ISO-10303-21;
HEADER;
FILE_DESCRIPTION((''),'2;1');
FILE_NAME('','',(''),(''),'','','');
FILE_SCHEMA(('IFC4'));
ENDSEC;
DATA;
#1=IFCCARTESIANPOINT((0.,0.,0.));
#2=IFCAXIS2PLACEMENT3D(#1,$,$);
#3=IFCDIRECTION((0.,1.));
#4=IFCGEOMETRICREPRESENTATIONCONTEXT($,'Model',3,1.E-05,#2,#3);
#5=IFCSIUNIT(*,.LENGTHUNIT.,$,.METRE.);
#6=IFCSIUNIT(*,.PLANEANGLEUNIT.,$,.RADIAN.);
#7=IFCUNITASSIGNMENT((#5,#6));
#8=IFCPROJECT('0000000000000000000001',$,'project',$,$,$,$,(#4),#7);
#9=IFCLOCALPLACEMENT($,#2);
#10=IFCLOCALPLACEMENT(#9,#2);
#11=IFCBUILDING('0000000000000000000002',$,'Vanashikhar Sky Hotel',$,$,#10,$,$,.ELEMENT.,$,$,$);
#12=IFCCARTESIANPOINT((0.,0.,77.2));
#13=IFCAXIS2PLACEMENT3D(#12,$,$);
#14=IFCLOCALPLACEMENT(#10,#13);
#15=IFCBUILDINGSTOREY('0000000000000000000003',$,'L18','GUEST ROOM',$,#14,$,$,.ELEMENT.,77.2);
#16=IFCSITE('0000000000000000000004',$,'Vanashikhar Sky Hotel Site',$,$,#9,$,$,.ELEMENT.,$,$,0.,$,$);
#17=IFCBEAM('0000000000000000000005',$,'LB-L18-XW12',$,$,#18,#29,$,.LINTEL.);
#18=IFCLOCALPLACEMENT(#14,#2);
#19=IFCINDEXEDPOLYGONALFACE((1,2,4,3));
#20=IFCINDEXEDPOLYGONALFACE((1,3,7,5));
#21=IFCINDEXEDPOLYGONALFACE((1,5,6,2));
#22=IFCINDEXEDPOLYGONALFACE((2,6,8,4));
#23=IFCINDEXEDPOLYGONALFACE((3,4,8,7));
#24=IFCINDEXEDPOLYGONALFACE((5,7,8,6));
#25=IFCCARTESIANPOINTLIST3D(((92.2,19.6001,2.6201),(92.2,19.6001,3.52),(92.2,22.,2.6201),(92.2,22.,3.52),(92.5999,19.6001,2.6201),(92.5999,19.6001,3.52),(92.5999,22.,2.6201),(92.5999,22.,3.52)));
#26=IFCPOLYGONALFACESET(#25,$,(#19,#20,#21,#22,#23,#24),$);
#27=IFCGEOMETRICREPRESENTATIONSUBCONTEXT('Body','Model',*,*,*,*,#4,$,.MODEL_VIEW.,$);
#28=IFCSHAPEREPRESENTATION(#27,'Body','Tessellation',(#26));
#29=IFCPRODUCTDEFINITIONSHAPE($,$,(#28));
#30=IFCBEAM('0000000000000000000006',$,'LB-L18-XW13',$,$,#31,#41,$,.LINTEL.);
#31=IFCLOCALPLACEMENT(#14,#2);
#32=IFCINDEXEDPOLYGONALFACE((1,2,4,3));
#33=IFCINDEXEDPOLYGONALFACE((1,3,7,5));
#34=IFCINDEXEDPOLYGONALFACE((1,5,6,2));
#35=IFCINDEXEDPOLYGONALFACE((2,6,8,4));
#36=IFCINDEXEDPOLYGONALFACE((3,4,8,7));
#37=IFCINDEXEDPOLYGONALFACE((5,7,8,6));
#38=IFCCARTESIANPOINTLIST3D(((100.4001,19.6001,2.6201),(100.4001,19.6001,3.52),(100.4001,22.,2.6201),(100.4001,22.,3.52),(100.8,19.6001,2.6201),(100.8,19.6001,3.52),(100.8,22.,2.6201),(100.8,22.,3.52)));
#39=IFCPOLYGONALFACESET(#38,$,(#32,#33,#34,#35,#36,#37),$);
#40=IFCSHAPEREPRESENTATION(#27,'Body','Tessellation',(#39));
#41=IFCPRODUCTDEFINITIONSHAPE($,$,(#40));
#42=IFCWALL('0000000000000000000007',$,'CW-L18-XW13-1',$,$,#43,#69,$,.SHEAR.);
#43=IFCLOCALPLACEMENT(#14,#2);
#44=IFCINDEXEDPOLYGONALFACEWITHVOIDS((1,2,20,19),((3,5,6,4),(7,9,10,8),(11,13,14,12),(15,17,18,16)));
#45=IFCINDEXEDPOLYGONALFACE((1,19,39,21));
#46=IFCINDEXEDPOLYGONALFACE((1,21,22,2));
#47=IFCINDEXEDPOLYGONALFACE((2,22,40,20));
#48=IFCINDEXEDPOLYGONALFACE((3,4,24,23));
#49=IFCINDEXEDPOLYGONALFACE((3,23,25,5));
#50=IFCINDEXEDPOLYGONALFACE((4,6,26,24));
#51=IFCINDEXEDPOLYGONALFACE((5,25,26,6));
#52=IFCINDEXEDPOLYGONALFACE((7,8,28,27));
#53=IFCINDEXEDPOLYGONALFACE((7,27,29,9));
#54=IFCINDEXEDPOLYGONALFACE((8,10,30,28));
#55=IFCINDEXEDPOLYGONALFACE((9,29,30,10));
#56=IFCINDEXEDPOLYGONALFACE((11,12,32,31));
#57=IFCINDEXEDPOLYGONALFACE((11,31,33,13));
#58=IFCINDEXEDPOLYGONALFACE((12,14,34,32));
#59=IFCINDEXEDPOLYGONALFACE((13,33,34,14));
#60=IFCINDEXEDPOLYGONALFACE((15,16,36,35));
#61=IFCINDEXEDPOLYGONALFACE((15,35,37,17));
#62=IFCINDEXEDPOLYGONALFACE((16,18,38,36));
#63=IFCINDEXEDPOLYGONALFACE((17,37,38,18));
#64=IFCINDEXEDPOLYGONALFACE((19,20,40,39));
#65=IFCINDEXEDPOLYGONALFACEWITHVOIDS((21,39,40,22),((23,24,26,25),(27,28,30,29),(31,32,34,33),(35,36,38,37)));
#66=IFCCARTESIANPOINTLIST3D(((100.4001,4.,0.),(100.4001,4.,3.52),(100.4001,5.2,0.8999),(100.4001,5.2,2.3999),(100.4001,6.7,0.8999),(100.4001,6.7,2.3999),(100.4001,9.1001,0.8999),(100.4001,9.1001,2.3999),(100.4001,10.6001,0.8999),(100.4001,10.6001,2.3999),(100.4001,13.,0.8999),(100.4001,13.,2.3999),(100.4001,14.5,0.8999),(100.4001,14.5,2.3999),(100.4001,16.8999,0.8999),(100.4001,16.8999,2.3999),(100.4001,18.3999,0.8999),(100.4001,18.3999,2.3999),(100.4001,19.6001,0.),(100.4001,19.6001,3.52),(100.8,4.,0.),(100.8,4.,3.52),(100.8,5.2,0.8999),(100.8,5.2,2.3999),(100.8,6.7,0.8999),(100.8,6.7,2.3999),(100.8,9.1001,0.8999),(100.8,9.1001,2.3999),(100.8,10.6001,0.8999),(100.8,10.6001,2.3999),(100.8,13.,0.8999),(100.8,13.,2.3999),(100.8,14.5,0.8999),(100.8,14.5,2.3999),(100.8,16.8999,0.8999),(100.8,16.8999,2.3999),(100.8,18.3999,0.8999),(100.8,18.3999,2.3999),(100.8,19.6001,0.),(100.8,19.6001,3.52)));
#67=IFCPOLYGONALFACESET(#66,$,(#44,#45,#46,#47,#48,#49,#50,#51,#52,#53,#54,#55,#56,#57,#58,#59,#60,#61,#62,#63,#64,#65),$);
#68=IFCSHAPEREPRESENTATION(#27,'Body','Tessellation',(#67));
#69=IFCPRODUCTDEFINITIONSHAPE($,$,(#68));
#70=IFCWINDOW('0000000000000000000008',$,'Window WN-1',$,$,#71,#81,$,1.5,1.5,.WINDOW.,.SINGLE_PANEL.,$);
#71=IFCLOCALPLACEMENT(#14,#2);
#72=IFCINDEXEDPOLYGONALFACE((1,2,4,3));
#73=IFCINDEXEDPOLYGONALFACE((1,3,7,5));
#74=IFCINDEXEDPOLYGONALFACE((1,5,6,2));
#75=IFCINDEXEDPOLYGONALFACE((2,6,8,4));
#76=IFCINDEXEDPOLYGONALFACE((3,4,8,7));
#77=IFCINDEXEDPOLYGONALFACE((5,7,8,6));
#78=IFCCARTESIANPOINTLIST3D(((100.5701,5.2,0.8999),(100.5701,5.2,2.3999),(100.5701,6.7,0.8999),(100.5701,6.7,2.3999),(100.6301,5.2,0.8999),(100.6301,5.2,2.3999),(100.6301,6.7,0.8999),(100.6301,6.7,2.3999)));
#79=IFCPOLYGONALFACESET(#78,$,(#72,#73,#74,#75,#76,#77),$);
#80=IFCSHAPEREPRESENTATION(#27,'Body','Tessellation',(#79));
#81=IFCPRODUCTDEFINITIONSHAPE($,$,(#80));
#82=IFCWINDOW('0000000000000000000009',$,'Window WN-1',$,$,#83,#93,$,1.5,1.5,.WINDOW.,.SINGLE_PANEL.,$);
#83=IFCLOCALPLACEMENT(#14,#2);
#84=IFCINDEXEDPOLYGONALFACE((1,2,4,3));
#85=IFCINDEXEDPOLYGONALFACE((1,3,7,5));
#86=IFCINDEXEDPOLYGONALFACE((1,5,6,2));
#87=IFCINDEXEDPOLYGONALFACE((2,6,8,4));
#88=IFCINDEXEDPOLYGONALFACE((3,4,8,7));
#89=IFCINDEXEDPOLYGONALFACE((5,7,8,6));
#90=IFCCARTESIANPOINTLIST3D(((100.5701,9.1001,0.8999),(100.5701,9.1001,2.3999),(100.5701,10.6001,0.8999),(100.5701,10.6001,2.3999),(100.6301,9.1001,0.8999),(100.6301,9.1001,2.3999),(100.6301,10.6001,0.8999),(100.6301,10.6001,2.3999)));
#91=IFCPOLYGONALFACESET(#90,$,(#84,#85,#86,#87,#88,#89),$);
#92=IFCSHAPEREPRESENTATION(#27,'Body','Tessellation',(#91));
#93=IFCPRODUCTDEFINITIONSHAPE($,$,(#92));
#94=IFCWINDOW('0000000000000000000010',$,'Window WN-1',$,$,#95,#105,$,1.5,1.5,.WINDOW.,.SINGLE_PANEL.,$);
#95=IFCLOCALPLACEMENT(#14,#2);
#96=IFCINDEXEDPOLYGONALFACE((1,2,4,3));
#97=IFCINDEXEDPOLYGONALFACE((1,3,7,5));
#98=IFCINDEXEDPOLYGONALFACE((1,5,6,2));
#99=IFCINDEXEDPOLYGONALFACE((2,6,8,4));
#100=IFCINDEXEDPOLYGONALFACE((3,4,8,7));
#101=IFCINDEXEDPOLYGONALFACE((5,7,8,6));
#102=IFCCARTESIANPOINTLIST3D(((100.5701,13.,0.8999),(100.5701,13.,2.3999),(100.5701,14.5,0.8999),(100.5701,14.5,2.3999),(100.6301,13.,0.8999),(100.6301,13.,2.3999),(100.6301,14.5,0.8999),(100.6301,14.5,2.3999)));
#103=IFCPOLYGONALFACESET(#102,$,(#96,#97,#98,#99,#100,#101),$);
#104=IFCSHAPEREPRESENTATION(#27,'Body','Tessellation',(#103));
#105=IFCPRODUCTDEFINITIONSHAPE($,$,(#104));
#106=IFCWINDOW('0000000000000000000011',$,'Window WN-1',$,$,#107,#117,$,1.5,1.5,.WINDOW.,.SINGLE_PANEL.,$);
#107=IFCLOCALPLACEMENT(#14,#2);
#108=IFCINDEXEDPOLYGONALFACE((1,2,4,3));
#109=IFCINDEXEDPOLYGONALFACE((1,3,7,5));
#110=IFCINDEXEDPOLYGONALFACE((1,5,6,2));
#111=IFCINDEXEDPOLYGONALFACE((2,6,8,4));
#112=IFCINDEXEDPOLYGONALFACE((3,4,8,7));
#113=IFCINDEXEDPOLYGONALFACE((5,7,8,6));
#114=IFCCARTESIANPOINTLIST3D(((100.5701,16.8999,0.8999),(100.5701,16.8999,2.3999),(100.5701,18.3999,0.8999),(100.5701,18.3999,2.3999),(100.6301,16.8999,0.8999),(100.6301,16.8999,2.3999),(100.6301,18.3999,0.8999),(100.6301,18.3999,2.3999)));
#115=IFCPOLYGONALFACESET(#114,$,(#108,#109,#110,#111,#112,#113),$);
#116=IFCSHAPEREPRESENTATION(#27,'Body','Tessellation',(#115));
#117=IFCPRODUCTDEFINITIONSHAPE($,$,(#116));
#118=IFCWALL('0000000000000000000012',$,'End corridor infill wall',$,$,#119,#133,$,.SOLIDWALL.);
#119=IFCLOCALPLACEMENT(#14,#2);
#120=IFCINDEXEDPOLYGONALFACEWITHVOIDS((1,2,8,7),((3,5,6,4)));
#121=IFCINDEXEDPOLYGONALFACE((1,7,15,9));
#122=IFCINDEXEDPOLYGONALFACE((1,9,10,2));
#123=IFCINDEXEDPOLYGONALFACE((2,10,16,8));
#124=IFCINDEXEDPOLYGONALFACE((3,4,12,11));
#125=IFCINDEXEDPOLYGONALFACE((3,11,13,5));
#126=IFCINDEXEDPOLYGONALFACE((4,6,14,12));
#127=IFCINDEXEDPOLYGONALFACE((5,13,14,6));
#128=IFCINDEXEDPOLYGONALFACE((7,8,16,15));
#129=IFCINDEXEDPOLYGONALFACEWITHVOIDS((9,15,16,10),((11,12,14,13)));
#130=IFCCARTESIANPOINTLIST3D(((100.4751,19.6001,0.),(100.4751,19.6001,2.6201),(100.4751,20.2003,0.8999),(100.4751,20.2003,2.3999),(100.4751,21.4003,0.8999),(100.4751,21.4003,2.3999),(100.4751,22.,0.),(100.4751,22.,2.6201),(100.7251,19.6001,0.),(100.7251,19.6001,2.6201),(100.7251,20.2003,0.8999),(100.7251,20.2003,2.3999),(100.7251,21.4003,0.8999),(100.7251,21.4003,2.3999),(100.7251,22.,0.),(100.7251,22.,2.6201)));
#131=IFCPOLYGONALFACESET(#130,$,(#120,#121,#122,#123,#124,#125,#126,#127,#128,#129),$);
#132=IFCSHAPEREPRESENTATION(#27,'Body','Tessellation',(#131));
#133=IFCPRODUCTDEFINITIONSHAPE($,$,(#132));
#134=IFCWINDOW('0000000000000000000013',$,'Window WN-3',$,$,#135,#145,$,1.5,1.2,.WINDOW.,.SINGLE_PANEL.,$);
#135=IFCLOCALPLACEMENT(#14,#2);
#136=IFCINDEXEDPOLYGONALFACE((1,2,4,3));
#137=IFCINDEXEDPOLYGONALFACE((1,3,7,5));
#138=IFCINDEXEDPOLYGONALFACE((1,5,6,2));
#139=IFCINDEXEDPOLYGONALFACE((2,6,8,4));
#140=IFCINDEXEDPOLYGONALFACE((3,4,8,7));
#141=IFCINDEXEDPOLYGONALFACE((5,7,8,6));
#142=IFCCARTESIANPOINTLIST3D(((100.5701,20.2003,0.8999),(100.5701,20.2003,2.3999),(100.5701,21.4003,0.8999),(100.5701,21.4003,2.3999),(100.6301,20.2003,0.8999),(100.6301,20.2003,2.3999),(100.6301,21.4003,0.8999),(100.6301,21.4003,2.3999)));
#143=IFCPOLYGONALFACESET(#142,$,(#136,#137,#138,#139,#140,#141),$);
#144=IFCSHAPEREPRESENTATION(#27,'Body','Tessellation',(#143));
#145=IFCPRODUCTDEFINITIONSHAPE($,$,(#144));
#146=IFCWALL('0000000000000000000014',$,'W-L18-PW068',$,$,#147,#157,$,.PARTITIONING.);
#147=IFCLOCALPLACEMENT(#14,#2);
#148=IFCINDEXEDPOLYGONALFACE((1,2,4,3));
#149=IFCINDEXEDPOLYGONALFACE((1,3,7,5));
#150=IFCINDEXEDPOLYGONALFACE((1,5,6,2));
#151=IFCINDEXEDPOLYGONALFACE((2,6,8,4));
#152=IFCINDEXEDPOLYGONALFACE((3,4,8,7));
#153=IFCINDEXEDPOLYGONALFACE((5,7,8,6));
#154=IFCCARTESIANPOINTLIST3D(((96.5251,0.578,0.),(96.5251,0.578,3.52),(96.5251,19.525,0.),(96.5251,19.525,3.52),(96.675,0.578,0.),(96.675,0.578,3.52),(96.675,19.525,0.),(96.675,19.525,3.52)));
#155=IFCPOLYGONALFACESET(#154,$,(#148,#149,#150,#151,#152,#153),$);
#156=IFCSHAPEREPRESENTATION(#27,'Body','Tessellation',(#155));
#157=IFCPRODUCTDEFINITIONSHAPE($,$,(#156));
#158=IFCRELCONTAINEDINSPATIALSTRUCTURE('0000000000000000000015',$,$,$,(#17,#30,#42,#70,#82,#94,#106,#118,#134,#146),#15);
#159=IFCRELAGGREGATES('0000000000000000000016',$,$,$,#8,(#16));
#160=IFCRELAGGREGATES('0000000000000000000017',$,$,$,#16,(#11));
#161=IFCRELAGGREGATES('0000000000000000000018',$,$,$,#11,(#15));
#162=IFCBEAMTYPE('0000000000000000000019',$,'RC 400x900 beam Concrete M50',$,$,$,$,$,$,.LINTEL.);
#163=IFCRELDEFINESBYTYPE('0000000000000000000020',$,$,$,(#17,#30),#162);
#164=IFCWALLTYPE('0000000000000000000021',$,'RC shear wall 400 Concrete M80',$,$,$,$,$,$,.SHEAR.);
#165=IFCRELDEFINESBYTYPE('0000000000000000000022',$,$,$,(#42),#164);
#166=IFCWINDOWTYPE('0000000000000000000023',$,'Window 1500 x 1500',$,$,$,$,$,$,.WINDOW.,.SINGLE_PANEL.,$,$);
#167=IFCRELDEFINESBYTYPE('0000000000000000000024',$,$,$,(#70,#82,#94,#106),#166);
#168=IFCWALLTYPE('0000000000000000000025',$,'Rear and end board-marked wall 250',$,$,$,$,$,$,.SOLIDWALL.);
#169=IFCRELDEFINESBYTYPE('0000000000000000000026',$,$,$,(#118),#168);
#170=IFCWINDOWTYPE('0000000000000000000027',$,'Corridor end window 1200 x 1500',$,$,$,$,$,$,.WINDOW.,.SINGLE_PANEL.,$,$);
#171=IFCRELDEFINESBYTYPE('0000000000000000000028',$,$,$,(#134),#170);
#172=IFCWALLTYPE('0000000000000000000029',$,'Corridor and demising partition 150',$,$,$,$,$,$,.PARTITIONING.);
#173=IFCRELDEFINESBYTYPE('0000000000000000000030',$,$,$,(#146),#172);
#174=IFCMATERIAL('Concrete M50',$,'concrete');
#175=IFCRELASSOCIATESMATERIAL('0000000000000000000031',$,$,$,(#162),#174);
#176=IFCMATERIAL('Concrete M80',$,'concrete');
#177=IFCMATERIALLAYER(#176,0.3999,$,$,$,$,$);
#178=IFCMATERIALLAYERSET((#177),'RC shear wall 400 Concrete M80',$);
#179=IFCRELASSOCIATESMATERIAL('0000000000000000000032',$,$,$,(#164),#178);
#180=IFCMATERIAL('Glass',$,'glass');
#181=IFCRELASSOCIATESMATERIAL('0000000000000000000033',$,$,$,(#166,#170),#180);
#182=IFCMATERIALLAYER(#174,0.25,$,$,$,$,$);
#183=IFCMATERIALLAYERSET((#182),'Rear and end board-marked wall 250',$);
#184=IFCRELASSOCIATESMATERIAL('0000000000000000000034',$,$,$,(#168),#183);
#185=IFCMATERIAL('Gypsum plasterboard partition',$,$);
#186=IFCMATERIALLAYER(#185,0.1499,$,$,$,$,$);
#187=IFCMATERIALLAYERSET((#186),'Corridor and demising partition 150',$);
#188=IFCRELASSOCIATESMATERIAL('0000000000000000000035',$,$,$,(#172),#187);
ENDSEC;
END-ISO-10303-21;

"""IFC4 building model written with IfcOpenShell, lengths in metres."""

from ifc_helpers import new_model, si_unit, direction, frame, frame_2d, origin, origin_2d, place, context, subcontext, project, spatial, rectangle, extrude, source, transform, mapped, material, layer, layer_set, material_profile, profile_set, type_object, element, fill, save


model = new_model("IFC4")

# Units and contexts
model_context = context("Model", 3, precision=1e-05, world=origin(), true_north=direction((0.0, 1.0)))
body_context = subcontext(model_context, "Body", "Model", "MODEL_VIEW")
ifc_project = project(units=[si_unit("LENGTHUNIT", "METRE"), si_unit("PLANEANGLEUNIT", "RADIAN")], contexts=[model_context])

# Site, building, storey
site_placement = place(None, origin())
site = spatial("IfcSite", under=ifc_project, at=site_placement, Name="Vanashikhar Sky Hotel Site", CompositionType="ELEMENT", RefElevation=0.0)
building_placement = place(site_placement, origin())
building = spatial("IfcBuilding", under=site, at=building_placement, Name="Vanashikhar Sky Hotel", CompositionType="ELEMENT")
storey_placement = place(building_placement, frame((0.0, 0.0, 77.2)))
storey = spatial("IfcBuildingStorey", under=building, at=storey_placement, Name="L18", Description="GUEST ROOM", CompositionType="ELEMENT", Elevation=77.2)

# Beams
ifc_material_1 = material(Name="Concrete M50", Category="concrete")
ifc_material_profile = material_profile(ifc_material_1, rectangle(XDim=0.3999, YDim=0.8999, at=origin_2d()))
ifc_profile_set = profile_set([ifc_material_profile], Name="RC 400x900 beam Concrete M50")
beam_type = type_object("IfcBeamType", Name="RC 400x900 beam Concrete M50", PredefinedType="LINTEL", material=ifc_profile_set)
shared_shape_1 = source(origin(), body_context, "Body", "SweptSolid", [
    extrude(rectangle(XDim=0.3999, YDim=0.8999, at=origin_2d()), origin(), (0.0, 0.0, 1.0), 2.3999),
])
for number, where, z_axis, x_axis, name in (
    (1, (92.3999, 19.6001, 3.0701), (0.0, 1.0, 0.0), (-1.0, 0.0, 0.0), "LB-L18-XW12"),
    (2, (100.6001, 19.6001, 3.0701), (0.0, 1.0, 0.0), (-1.0, 0.0, 0.0), "LB-L18-XW13"),
):
    element("IfcBeam", number, at=place(storey_placement, frame(where, z_axis=z_axis, x_axis=x_axis)), inside=storey, type_object=beam_type, Name=name, PredefinedType="LINTEL", context=body_context, shape_type="MappedRepresentation", body=[
        mapped(shared_shape_1, transform((0.0, 0.0, 0.0), scale=1.0)),
    ])

# Wall, openings, windows
ifc_material_2 = material(Name="Concrete M80", Category="concrete")
ifc_layer_1 = layer(ifc_material_2, 0.3999)
ifc_layer_set_1 = layer_set([ifc_layer_1], Name="RC shear wall 400 Concrete M80")
wall_type_1 = type_object("IfcWallType", Name="RC shear wall 400 Concrete M80", PredefinedType="SHEAR", material=ifc_layer_set_1)
shared_shape_2 = source(origin(), body_context, "Body", "SweptSolid", [
    extrude(rectangle(XDim=15.6001, YDim=0.3999, at=frame_2d((7.8, 0.0))), origin(), (0.0, 0.0, 1.0), 3.52),
])
wall_1_placement = place(storey_placement, frame((100.6001, 4.0, 0.0), z_axis=(0.0, 0.0, 1.0), x_axis=(0.0, 1.0, 0.0)))
wall_1 = element("IfcWall", 3, at=wall_1_placement, inside=storey, type_object=wall_type_1, Name="CW-L18-XW13-1", PredefinedType="SHEAR", context=body_context, shape_type="MappedRepresentation", body=[
    mapped(shared_shape_2, transform((0.0, 0.0, 0.0), scale=1.0)),
])
shared_shape_3 = source(origin(), body_context, "Body", "SweptSolid", [
    extrude(rectangle(XDim=1.5, YDim=1.5, at=frame_2d((0.75, 0.75))), frame((0.0, 0.21, 0.0), z_axis=(0.0, -1.0, 0.0), x_axis=(1.0, 0.0, 0.0)), (0.0, 0.0, 1.0), 0.4199),
])
opening_1_placement = place(wall_1_placement, frame((1.2, 0.0, 0.8999)))
opening_1 = element("IfcOpeningElement", 4, at=opening_1_placement, cuts=wall_1, PredefinedType="OPENING", context=body_context, shape_type="MappedRepresentation", body=[
    mapped(shared_shape_3, transform((0.0, 0.0, 0.0), scale=1.0)),
])
opening_2_placement = place(wall_1_placement, frame((5.1001, 0.0, 0.8999)))
opening_2 = element("IfcOpeningElement", 5, at=opening_2_placement, cuts=wall_1, PredefinedType="OPENING", context=body_context, shape_type="MappedRepresentation", body=[
    mapped(shared_shape_3, transform((0.0, 0.0, 0.0), scale=1.0)),
])
opening_3_placement = place(wall_1_placement, frame((9.0, 0.0, 0.8999)))
opening_3 = element("IfcOpeningElement", 6, at=opening_3_placement, cuts=wall_1, PredefinedType="OPENING", context=body_context, shape_type="MappedRepresentation", body=[
    mapped(shared_shape_3, transform((0.0, 0.0, 0.0), scale=1.0)),
])
opening_4_placement = place(wall_1_placement, frame((12.8999, 0.0, 0.8999)))
opening_4 = element("IfcOpeningElement", 7, at=opening_4_placement, cuts=wall_1, PredefinedType="OPENING", context=body_context, shape_type="MappedRepresentation", body=[
    mapped(shared_shape_3, transform((0.0, 0.0, 0.0), scale=1.0)),
])
ifc_material_3 = material(Name="Glass", Category="glass")
window_type_1 = type_object("IfcWindowType", Name="Window 1500 x 1500", PartitioningType="SINGLE_PANEL", PredefinedType="WINDOW", material=ifc_material_3)
shared_shape_4 = source(origin(), body_context, "Body", "SweptSolid", [
    extrude(rectangle(XDim=1.5, YDim=1.5, at=frame_2d((0.75, 0.75))), frame((0.0, 0.03, 0.0), z_axis=(0.0, -1.0, 0.0), x_axis=(1.0, 0.0, 0.0)), (0.0, 0.0, 1.0), 0.0601),
])
window_1_placement = place(opening_1_placement, origin())
window_1 = element("IfcWindow", 8, at=window_1_placement, inside=storey, type_object=window_type_1, Name="Window WN-1", OverallHeight=1.5, OverallWidth=1.5, PartitioningType="SINGLE_PANEL", PredefinedType="WINDOW", context=body_context, shape_type="MappedRepresentation", body=[
    mapped(shared_shape_4, transform((0.0, 0.0, 0.0), scale=1.0)),
])
fill(opening_1, window_1)
window_2_placement = place(opening_2_placement, origin())
window_2 = element("IfcWindow", 9, at=window_2_placement, inside=storey, type_object=window_type_1, Name="Window WN-1", OverallHeight=1.5, OverallWidth=1.5, PartitioningType="SINGLE_PANEL", PredefinedType="WINDOW", context=body_context, shape_type="MappedRepresentation", body=[
    mapped(shared_shape_4, transform((0.0, 0.0, 0.0), scale=1.0)),
])
fill(opening_2, window_2)
window_3_placement = place(opening_3_placement, origin())
window_3 = element("IfcWindow", 10, at=window_3_placement, inside=storey, type_object=window_type_1, Name="Window WN-1", OverallHeight=1.5, OverallWidth=1.5, PartitioningType="SINGLE_PANEL", PredefinedType="WINDOW", context=body_context, shape_type="MappedRepresentation", body=[
    mapped(shared_shape_4, transform((0.0, 0.0, 0.0), scale=1.0)),
])
fill(opening_3, window_3)
window_4_placement = place(opening_4_placement, origin())
window_4 = element("IfcWindow", 11, at=window_4_placement, inside=storey, type_object=window_type_1, Name="Window WN-1", OverallHeight=1.5, OverallWidth=1.5, PartitioningType="SINGLE_PANEL", PredefinedType="WINDOW", context=body_context, shape_type="MappedRepresentation", body=[
    mapped(shared_shape_4, transform((0.0, 0.0, 0.0), scale=1.0)),
])
fill(opening_4, window_4)

# Wall, opening, window
ifc_layer_2 = layer(ifc_material_1, 0.25)
ifc_layer_set_2 = layer_set([ifc_layer_2], Name="Rear and end board-marked wall 250")
wall_type_2 = type_object("IfcWallType", Name="Rear and end board-marked wall 250", PredefinedType="SOLIDWALL", material=ifc_layer_set_2)
shared_shape_5 = source(origin(), body_context, "Body", "SweptSolid", [
    extrude(rectangle(XDim=2.3999, YDim=0.25, at=frame_2d((1.2, 0.0))), origin(), (0.0, 0.0, 1.0), 2.6201),
])
wall_2_placement = place(storey_placement, frame((100.6001, 19.6001, 0.0), z_axis=(0.0, 0.0, 1.0), x_axis=(0.0, 1.0, 0.0)))
wall_2 = element("IfcWall", 12, at=wall_2_placement, inside=storey, type_object=wall_type_2, Name="End corridor infill wall", PredefinedType="SOLIDWALL", context=body_context, shape_type="MappedRepresentation", body=[
    mapped(shared_shape_5, transform((0.0, 0.0, 0.0), scale=1.0)),
])
shared_shape_6 = source(origin(), body_context, "Body", "SweptSolid", [
    extrude(rectangle(XDim=1.2, YDim=1.5, at=frame_2d((0.6001, 0.75))), frame((0.0, 0.135, 0.0), z_axis=(0.0, -1.0, 0.0), x_axis=(1.0, 0.0, 0.0)), (0.0, 0.0, 1.0), 0.27),
])
opening_5_placement = place(wall_2_placement, frame((0.6001, 0.0, 0.8999)))
opening_5 = element("IfcOpeningElement", 13, at=opening_5_placement, cuts=wall_2, PredefinedType="OPENING", context=body_context, shape_type="MappedRepresentation", body=[
    mapped(shared_shape_6, transform((0.0, 0.0, 0.0), scale=1.0)),
])
window_type_2 = type_object("IfcWindowType", Name="Corridor end window 1200 x 1500", PartitioningType="SINGLE_PANEL", PredefinedType="WINDOW", material=ifc_material_3)
shared_shape_7 = source(origin(), body_context, "Body", "SweptSolid", [
    extrude(rectangle(XDim=1.2, YDim=1.5, at=frame_2d((0.6001, 0.75))), frame((0.0, 0.03, 0.0), z_axis=(0.0, -1.0, 0.0), x_axis=(1.0, 0.0, 0.0)), (0.0, 0.0, 1.0), 0.0601),
])
window_5_placement = place(opening_5_placement, origin())
window_5 = element("IfcWindow", 14, at=window_5_placement, inside=storey, type_object=window_type_2, Name="Window WN-3", OverallHeight=1.5, OverallWidth=1.2, PartitioningType="SINGLE_PANEL", PredefinedType="WINDOW", context=body_context, shape_type="MappedRepresentation", body=[
    mapped(shared_shape_7, transform((0.0, 0.0, 0.0), scale=1.0)),
])
fill(opening_5, window_5)

# Wall
ifc_material_4 = material(Name="Gypsum plasterboard partition")
ifc_layer_3 = layer(ifc_material_4, 0.1499)
ifc_layer_set_3 = layer_set([ifc_layer_3], Name="Corridor and demising partition 150")
wall_type_3 = type_object("IfcWallType", Name="Corridor and demising partition 150", PredefinedType="PARTITIONING", material=ifc_layer_set_3)
shared_shape_8 = source(origin(), body_context, "Body", "SweptSolid", [
    extrude(rectangle(XDim=18.947, YDim=0.1499, at=frame_2d((9.4736, 0.0))), origin(), (0.0, 0.0, 1.0), 3.52),
])
wall_3_placement = place(storey_placement, frame((96.6001, 0.5779, 0.0), z_axis=(0.0, 0.0, 1.0), x_axis=(0.0, 1.0, 0.0)))
element("IfcWall", 15, at=wall_3_placement, inside=storey, type_object=wall_type_3, Name="W-L18-PW068", PredefinedType="PARTITIONING", context=body_context, shape_type="MappedRepresentation", body=[
    mapped(shared_shape_8, transform((0.0, 0.0, 0.0), scale=1.0)),
])

save(model, "model.ifc")
